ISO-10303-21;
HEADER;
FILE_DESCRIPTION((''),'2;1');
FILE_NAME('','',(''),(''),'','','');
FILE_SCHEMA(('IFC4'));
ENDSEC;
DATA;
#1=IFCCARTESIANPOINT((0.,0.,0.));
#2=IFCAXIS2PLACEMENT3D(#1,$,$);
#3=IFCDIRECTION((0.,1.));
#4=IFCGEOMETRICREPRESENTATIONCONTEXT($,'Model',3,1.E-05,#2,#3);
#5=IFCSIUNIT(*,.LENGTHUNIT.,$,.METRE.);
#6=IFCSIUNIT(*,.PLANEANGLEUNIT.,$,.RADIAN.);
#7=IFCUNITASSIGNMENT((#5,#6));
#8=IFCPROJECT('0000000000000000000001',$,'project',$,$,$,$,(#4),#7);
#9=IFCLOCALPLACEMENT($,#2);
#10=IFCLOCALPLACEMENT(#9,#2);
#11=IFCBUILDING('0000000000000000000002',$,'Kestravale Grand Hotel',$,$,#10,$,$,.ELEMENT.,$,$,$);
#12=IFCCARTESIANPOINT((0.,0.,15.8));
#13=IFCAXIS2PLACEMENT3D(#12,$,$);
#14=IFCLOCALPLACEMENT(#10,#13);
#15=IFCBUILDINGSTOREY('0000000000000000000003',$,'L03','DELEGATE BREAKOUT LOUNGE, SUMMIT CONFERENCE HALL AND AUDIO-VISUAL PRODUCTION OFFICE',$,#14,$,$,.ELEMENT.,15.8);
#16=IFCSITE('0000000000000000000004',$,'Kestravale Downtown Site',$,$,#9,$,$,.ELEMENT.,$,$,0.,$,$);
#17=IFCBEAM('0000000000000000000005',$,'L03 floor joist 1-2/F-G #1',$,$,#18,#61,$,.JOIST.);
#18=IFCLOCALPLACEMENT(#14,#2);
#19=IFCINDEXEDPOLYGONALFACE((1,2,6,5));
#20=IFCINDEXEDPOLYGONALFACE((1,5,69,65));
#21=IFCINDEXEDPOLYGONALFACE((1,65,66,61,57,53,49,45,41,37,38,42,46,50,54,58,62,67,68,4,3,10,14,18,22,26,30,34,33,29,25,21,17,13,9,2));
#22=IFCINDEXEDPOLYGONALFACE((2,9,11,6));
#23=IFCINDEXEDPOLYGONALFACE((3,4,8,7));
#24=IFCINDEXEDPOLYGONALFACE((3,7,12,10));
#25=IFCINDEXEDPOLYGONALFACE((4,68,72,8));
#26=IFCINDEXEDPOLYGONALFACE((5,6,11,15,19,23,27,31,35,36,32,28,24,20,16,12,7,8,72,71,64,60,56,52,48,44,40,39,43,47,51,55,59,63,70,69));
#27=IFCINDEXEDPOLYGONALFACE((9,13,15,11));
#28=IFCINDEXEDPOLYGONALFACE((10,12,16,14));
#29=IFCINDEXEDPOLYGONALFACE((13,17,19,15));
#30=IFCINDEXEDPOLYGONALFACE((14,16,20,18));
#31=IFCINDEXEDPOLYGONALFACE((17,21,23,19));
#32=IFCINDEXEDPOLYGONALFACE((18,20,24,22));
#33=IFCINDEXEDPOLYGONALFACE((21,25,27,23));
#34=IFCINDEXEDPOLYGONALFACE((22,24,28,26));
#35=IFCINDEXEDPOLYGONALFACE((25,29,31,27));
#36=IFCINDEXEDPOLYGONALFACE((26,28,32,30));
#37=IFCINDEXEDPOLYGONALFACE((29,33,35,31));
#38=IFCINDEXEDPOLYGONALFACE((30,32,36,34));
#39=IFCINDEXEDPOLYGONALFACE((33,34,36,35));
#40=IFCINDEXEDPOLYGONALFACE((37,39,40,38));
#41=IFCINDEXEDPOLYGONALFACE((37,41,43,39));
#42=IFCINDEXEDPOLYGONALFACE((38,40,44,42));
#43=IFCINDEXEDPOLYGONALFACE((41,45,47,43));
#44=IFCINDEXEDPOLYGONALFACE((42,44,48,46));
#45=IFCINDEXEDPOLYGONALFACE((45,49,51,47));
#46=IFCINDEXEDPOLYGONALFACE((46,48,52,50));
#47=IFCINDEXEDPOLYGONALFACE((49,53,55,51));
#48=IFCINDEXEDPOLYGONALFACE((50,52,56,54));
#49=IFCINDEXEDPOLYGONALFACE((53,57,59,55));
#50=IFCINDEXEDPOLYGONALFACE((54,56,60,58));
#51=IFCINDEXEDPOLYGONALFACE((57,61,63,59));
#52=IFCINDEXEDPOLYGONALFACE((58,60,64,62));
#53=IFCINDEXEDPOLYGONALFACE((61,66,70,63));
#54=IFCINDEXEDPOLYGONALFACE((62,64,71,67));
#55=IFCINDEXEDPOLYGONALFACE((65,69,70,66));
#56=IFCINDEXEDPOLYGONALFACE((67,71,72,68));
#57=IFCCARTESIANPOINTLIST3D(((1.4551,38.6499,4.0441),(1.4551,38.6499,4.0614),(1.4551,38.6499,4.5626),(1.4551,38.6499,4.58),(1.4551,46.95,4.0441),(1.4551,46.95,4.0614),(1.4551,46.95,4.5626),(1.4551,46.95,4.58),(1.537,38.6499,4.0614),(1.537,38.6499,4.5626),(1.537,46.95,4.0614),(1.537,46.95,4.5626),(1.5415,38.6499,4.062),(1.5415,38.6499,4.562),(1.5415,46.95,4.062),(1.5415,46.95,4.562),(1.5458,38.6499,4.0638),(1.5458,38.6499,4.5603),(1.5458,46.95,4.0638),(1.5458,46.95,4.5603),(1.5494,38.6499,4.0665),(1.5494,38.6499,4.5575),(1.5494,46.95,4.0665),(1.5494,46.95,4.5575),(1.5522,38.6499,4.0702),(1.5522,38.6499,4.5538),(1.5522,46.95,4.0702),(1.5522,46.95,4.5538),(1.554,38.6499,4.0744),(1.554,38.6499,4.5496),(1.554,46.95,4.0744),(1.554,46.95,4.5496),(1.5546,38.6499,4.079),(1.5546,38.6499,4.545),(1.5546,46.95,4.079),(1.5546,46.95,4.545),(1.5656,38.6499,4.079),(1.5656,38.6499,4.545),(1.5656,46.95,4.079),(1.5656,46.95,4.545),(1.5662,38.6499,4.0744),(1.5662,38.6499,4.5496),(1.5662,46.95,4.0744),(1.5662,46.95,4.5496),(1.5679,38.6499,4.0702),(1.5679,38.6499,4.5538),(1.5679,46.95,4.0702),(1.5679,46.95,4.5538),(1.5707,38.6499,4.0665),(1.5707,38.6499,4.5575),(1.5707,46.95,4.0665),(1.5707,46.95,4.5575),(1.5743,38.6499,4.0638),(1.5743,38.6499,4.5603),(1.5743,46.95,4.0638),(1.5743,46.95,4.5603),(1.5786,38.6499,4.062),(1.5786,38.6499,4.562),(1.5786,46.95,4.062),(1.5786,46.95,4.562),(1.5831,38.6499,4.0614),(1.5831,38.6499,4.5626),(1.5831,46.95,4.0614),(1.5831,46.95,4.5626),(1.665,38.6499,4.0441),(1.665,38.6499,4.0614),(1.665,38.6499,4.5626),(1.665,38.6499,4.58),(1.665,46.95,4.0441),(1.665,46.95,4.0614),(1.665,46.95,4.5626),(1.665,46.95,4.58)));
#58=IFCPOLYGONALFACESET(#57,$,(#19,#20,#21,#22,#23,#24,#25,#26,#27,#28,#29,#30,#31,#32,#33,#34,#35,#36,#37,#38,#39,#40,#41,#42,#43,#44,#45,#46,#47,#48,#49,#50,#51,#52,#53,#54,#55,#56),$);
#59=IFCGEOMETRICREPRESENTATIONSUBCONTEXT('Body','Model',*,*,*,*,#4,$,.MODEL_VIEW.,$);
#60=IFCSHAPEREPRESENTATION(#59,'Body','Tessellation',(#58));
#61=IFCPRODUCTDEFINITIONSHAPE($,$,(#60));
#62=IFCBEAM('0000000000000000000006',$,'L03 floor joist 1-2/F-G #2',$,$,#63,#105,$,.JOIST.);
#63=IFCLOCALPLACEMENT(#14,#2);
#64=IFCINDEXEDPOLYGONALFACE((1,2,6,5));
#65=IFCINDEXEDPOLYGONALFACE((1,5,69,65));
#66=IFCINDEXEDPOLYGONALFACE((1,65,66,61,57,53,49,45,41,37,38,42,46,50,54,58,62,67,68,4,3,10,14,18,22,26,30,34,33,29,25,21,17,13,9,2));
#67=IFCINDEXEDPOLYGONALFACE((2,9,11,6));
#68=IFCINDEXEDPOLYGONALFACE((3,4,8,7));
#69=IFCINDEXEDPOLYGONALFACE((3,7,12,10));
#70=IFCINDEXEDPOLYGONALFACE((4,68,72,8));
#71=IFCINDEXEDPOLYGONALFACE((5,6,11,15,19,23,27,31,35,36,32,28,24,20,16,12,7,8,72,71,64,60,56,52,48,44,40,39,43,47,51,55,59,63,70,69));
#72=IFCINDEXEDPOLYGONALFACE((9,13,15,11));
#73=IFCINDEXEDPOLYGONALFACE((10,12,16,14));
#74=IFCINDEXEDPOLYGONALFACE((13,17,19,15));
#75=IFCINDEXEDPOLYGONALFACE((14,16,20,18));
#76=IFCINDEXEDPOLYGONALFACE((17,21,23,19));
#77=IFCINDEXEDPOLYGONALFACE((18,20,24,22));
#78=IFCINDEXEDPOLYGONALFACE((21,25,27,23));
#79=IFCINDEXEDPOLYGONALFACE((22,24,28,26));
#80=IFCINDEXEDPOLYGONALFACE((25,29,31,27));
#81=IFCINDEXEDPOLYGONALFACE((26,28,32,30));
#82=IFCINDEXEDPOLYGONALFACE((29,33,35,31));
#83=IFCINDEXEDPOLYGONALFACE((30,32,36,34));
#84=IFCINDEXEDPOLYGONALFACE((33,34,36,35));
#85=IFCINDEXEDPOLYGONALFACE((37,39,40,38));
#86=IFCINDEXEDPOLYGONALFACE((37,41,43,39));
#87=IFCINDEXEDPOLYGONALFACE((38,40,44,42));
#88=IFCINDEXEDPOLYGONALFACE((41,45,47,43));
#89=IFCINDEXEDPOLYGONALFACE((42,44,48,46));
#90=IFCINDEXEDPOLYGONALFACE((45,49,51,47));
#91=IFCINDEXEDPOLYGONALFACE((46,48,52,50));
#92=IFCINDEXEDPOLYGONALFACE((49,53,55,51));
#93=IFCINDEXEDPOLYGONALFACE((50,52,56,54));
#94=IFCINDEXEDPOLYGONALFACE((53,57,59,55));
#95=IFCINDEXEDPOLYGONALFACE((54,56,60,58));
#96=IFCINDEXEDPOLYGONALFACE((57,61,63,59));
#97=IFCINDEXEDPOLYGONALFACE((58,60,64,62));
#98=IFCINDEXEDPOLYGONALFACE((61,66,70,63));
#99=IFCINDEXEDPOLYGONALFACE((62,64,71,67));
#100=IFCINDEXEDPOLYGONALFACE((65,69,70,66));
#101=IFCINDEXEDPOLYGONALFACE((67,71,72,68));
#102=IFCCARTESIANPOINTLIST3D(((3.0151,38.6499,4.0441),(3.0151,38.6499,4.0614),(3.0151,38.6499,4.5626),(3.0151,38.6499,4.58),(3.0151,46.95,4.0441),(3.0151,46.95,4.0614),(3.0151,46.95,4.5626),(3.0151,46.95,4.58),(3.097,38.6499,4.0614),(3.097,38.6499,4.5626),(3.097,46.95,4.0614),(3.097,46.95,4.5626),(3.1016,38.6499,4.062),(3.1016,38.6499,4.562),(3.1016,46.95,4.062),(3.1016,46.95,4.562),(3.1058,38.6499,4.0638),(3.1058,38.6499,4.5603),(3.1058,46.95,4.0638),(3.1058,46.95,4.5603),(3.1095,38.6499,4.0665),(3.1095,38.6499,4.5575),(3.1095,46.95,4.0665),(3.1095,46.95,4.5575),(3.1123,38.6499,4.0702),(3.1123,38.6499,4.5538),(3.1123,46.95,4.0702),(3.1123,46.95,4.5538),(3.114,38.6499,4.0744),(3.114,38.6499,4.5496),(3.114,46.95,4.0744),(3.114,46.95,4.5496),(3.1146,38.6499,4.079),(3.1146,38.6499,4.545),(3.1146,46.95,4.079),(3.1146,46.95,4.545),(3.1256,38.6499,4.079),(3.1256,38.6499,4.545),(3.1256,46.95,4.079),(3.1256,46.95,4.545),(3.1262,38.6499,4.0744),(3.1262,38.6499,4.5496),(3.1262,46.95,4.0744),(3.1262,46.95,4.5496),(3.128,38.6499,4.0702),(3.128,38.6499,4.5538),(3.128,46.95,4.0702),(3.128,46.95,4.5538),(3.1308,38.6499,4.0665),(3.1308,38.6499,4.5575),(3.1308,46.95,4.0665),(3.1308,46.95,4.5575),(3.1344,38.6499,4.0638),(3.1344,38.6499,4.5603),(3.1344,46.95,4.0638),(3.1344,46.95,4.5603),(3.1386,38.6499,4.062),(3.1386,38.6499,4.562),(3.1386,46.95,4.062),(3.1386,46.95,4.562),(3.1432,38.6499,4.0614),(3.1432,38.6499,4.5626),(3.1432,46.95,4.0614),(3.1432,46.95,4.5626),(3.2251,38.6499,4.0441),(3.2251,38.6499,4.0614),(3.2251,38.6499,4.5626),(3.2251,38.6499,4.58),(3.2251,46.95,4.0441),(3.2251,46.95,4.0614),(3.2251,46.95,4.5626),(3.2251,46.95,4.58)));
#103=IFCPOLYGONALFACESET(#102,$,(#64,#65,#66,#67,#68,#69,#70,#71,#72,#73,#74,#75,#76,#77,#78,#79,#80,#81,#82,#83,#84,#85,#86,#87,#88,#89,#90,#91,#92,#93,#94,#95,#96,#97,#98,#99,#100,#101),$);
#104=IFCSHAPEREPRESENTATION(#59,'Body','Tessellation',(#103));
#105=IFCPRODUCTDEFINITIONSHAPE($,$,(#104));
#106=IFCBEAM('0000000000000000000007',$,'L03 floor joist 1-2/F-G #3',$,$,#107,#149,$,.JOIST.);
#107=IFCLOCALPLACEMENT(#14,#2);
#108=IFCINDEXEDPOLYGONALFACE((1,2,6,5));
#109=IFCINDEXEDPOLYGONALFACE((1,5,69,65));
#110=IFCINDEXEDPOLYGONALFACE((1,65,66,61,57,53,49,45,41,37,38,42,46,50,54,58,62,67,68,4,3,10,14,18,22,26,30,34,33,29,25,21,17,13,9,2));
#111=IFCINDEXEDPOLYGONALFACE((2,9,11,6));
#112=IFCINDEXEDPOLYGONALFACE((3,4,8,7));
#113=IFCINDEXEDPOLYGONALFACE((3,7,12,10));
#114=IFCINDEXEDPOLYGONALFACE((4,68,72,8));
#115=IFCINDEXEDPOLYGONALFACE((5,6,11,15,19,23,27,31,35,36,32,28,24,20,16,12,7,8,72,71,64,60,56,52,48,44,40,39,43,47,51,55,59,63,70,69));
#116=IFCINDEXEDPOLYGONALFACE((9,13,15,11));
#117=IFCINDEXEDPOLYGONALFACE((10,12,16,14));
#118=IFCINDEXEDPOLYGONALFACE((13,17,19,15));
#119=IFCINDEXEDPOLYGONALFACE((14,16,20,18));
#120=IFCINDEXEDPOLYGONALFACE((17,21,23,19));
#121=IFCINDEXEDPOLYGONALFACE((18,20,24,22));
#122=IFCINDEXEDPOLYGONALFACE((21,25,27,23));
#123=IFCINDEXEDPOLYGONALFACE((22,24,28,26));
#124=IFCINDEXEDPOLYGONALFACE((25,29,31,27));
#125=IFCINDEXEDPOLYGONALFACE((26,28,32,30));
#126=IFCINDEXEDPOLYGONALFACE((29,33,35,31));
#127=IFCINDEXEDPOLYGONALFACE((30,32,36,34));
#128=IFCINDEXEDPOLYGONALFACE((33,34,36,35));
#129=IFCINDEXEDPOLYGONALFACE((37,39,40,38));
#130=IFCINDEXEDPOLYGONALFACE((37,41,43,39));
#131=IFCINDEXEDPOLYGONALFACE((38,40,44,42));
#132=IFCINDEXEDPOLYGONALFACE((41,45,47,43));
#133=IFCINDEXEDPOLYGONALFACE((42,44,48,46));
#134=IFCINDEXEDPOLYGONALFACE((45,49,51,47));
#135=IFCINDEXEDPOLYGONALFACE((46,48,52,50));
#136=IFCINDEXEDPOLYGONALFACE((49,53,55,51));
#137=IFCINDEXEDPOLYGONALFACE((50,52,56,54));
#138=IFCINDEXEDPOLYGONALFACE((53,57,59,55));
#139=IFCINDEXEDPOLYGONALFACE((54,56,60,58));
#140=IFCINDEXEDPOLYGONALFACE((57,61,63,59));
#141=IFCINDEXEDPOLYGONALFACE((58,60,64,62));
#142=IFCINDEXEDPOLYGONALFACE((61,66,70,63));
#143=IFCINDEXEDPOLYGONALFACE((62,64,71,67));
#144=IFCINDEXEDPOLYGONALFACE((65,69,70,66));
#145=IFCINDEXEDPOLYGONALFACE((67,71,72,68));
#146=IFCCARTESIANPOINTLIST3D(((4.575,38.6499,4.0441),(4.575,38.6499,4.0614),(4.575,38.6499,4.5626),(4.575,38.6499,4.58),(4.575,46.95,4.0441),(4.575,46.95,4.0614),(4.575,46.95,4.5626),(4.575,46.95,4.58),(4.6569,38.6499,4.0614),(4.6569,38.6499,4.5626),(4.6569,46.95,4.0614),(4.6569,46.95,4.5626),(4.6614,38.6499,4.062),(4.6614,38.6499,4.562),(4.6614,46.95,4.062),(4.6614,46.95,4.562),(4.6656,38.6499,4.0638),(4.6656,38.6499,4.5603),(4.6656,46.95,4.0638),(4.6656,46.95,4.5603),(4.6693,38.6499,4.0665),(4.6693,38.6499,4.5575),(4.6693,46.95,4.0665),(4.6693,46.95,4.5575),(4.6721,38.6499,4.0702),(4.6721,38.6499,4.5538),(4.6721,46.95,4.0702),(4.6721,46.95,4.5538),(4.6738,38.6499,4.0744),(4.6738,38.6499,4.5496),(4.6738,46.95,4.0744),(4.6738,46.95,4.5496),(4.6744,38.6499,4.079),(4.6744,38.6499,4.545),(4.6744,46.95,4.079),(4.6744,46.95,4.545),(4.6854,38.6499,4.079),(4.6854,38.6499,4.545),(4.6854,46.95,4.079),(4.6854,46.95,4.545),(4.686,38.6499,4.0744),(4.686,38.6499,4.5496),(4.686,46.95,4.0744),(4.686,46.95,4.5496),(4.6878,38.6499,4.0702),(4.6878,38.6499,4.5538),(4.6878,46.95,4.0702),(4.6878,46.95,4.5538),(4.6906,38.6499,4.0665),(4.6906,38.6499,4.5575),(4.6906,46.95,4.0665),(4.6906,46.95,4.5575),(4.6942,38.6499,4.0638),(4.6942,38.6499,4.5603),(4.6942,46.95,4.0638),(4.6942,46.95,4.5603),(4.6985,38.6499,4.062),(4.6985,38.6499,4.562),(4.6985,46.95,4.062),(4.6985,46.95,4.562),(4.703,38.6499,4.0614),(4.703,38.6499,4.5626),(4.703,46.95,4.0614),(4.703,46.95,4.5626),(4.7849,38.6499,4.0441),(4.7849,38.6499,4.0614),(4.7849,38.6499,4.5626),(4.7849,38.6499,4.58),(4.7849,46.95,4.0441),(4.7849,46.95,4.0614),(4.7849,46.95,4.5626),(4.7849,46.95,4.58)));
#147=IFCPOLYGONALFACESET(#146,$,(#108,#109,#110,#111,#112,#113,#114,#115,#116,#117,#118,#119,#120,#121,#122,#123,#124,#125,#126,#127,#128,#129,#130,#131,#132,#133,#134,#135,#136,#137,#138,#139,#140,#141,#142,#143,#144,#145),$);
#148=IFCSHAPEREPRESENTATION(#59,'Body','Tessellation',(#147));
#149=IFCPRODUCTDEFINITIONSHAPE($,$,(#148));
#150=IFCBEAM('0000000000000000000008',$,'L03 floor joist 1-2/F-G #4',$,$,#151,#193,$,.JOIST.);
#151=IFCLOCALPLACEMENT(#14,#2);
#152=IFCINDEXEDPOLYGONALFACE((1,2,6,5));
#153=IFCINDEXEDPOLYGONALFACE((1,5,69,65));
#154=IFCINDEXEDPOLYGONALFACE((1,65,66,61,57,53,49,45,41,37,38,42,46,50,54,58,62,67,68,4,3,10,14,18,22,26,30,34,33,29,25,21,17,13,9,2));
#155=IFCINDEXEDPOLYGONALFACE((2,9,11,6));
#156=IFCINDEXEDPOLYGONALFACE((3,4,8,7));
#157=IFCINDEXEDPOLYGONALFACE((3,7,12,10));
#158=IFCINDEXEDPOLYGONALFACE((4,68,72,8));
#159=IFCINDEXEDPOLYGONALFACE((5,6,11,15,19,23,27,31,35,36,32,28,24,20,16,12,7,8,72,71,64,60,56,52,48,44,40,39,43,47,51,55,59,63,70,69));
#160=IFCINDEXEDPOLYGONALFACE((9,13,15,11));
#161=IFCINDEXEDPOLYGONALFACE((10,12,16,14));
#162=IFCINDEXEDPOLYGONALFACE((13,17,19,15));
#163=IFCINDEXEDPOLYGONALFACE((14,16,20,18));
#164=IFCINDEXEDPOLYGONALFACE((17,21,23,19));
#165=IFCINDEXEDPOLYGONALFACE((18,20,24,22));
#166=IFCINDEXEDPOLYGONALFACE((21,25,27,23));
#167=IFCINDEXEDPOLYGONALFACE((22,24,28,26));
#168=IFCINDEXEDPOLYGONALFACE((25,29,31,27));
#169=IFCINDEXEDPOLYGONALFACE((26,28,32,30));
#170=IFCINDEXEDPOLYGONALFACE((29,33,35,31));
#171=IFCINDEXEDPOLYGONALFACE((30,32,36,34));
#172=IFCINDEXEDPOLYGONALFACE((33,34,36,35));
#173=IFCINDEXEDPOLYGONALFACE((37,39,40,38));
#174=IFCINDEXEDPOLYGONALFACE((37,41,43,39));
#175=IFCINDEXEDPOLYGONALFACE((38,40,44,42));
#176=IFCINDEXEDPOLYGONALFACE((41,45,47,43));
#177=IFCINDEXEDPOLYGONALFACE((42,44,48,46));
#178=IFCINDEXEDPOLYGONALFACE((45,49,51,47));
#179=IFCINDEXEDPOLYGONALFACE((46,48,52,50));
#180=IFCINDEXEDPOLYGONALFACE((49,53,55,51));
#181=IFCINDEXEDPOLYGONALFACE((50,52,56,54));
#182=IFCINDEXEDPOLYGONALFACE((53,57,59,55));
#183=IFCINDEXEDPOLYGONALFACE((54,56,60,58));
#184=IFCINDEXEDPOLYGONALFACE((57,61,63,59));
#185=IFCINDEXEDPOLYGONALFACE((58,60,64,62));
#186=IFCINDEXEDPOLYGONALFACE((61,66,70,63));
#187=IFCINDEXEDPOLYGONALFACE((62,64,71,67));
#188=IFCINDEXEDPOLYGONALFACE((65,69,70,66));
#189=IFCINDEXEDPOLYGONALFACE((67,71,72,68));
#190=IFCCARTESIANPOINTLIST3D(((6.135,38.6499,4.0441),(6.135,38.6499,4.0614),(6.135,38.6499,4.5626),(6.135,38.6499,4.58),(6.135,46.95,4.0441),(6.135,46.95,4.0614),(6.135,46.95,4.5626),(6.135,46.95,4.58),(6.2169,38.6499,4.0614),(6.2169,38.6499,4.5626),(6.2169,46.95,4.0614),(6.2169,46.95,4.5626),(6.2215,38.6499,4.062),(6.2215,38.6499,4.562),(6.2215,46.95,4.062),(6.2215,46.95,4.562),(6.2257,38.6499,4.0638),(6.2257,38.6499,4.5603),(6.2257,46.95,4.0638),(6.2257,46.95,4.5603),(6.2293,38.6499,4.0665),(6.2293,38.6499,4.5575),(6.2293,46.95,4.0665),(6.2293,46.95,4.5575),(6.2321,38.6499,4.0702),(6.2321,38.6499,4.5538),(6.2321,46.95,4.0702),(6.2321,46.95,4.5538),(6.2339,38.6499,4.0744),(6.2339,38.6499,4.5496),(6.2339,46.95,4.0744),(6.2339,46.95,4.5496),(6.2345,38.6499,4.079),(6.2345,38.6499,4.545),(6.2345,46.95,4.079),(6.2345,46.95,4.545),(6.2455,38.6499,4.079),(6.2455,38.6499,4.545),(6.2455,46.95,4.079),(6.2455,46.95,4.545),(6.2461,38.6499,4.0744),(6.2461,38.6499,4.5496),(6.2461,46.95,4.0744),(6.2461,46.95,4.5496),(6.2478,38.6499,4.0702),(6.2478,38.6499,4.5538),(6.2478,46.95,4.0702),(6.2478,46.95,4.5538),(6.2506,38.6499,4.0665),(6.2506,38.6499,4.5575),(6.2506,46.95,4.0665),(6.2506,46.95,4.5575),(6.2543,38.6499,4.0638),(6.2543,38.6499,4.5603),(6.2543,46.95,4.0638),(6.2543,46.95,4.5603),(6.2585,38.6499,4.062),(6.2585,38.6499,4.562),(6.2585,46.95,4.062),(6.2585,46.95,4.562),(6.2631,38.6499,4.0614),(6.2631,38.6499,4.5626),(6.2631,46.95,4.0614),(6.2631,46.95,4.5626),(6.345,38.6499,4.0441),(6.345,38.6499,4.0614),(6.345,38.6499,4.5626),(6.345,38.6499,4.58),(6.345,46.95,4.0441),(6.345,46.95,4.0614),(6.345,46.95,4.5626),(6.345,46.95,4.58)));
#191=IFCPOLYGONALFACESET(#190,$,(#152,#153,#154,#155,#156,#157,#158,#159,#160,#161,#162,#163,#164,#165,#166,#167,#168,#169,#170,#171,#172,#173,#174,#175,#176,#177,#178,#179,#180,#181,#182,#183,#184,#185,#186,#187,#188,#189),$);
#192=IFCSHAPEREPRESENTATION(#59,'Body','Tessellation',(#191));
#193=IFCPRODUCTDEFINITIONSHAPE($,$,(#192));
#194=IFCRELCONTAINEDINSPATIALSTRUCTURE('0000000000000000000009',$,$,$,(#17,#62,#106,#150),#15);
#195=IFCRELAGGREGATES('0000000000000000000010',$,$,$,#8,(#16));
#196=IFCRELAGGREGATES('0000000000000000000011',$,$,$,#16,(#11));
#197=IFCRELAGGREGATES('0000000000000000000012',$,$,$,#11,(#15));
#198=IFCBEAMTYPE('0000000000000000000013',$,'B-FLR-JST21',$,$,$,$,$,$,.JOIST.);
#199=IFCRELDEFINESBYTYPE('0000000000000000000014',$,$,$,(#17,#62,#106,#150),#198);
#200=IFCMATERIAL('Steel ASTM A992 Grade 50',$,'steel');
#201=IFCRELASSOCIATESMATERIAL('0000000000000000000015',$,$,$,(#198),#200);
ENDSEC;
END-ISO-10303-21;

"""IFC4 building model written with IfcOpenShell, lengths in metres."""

from ifc_helpers import new_model, si_unit, direction, frame, origin, origin_2d, place, context, subcontext, project, spatial, i_section, extrude, material, material_profile, profile_set, type_object, element, save


model = new_model("IFC4")

# Units and contexts
model_context = context("Model", 3, precision=1e-05, world=origin(), true_north=direction((0.0, 1.0)))
body_context = subcontext(model_context, "Body", "Model", "MODEL_VIEW")
ifc_project = project(units=[si_unit("LENGTHUNIT", "METRE"), si_unit("PLANEANGLEUNIT", "RADIAN")], contexts=[model_context])

# Site, building, storey
site_placement = place(None, origin())
site = spatial("IfcSite", under=ifc_project, at=site_placement, Name="Kestravale Downtown Site", CompositionType="ELEMENT", RefElevation=0.0)
building_placement = place(site_placement, origin())
building = spatial("IfcBuilding", under=site, at=building_placement, Name="Kestravale Grand Hotel", CompositionType="ELEMENT")
storey_placement = place(building_placement, frame((0.0, 0.0, 15.8)))
storey = spatial("IfcBuildingStorey", under=building, at=storey_placement, Name="L03", Description="DELEGATE BREAKOUT LOUNGE, SUMMIT CONFERENCE HALL AND AUDIO-VISUAL PRODUCTION OFFICE", CompositionType="ELEMENT", Elevation=15.8)

# Beams
ifc_material_1 = material(Name="Steel ASTM A992 Grade 50", Category="steel")
ifc_material_profile_1 = material_profile(ifc_material_1, i_section(OverallWidth=0.21, OverallDepth=0.5359, WebThickness=0.011, FlangeThickness=0.0173, FilletRadius=0.0176, at=origin_2d()))
ifc_profile_set_1 = profile_set([ifc_material_profile_1], Name="Steel ASTM A992 Grade 50")
beam_type_1 = type_object("IfcBeamType", Name="B-FLR-JST21", PredefinedType="JOIST", material=ifc_profile_set_1)
for number, where, z_axis, x_axis, name in (
    (1, (1.5601, 38.6499, 4.312), (0.0, 1.0, 0.0), (-1.0, 0.0, 0.0), "L03 floor joist 1-2/F-G #1"),
    (2, (3.1201, 38.6499, 4.312), (0.0, 1.0, 0.0), (-1.0, 0.0, 0.0), "L03 floor joist 1-2/F-G #2"),
    (3, (4.6799, 38.6499, 4.312), (0.0, 1.0, 0.0), (-1.0, 0.0, 0.0), "L03 floor joist 1-2/F-G #3"),
    (4, (6.24, 38.6499, 4.312), (0.0, 1.0, 0.0), (-1.0, 0.0, 0.0), "L03 floor joist 1-2/F-G #4"),
):
    element("IfcBeam", number, at=place(storey_placement, frame(where, z_axis=z_axis, x_axis=x_axis)), inside=storey, type_object=beam_type_1, Name=name, PredefinedType="JOIST", context=body_context, shape_type="SweptSolid", body=[
        extrude(i_section(OverallWidth=0.21, OverallDepth=0.5359, WebThickness=0.011, FlangeThickness=0.0173, FilletRadius=0.0176, at=origin_2d()), origin(), (0.0, 0.0, 1.0), 8.3),
    ])

save(model, "model.ifc")
